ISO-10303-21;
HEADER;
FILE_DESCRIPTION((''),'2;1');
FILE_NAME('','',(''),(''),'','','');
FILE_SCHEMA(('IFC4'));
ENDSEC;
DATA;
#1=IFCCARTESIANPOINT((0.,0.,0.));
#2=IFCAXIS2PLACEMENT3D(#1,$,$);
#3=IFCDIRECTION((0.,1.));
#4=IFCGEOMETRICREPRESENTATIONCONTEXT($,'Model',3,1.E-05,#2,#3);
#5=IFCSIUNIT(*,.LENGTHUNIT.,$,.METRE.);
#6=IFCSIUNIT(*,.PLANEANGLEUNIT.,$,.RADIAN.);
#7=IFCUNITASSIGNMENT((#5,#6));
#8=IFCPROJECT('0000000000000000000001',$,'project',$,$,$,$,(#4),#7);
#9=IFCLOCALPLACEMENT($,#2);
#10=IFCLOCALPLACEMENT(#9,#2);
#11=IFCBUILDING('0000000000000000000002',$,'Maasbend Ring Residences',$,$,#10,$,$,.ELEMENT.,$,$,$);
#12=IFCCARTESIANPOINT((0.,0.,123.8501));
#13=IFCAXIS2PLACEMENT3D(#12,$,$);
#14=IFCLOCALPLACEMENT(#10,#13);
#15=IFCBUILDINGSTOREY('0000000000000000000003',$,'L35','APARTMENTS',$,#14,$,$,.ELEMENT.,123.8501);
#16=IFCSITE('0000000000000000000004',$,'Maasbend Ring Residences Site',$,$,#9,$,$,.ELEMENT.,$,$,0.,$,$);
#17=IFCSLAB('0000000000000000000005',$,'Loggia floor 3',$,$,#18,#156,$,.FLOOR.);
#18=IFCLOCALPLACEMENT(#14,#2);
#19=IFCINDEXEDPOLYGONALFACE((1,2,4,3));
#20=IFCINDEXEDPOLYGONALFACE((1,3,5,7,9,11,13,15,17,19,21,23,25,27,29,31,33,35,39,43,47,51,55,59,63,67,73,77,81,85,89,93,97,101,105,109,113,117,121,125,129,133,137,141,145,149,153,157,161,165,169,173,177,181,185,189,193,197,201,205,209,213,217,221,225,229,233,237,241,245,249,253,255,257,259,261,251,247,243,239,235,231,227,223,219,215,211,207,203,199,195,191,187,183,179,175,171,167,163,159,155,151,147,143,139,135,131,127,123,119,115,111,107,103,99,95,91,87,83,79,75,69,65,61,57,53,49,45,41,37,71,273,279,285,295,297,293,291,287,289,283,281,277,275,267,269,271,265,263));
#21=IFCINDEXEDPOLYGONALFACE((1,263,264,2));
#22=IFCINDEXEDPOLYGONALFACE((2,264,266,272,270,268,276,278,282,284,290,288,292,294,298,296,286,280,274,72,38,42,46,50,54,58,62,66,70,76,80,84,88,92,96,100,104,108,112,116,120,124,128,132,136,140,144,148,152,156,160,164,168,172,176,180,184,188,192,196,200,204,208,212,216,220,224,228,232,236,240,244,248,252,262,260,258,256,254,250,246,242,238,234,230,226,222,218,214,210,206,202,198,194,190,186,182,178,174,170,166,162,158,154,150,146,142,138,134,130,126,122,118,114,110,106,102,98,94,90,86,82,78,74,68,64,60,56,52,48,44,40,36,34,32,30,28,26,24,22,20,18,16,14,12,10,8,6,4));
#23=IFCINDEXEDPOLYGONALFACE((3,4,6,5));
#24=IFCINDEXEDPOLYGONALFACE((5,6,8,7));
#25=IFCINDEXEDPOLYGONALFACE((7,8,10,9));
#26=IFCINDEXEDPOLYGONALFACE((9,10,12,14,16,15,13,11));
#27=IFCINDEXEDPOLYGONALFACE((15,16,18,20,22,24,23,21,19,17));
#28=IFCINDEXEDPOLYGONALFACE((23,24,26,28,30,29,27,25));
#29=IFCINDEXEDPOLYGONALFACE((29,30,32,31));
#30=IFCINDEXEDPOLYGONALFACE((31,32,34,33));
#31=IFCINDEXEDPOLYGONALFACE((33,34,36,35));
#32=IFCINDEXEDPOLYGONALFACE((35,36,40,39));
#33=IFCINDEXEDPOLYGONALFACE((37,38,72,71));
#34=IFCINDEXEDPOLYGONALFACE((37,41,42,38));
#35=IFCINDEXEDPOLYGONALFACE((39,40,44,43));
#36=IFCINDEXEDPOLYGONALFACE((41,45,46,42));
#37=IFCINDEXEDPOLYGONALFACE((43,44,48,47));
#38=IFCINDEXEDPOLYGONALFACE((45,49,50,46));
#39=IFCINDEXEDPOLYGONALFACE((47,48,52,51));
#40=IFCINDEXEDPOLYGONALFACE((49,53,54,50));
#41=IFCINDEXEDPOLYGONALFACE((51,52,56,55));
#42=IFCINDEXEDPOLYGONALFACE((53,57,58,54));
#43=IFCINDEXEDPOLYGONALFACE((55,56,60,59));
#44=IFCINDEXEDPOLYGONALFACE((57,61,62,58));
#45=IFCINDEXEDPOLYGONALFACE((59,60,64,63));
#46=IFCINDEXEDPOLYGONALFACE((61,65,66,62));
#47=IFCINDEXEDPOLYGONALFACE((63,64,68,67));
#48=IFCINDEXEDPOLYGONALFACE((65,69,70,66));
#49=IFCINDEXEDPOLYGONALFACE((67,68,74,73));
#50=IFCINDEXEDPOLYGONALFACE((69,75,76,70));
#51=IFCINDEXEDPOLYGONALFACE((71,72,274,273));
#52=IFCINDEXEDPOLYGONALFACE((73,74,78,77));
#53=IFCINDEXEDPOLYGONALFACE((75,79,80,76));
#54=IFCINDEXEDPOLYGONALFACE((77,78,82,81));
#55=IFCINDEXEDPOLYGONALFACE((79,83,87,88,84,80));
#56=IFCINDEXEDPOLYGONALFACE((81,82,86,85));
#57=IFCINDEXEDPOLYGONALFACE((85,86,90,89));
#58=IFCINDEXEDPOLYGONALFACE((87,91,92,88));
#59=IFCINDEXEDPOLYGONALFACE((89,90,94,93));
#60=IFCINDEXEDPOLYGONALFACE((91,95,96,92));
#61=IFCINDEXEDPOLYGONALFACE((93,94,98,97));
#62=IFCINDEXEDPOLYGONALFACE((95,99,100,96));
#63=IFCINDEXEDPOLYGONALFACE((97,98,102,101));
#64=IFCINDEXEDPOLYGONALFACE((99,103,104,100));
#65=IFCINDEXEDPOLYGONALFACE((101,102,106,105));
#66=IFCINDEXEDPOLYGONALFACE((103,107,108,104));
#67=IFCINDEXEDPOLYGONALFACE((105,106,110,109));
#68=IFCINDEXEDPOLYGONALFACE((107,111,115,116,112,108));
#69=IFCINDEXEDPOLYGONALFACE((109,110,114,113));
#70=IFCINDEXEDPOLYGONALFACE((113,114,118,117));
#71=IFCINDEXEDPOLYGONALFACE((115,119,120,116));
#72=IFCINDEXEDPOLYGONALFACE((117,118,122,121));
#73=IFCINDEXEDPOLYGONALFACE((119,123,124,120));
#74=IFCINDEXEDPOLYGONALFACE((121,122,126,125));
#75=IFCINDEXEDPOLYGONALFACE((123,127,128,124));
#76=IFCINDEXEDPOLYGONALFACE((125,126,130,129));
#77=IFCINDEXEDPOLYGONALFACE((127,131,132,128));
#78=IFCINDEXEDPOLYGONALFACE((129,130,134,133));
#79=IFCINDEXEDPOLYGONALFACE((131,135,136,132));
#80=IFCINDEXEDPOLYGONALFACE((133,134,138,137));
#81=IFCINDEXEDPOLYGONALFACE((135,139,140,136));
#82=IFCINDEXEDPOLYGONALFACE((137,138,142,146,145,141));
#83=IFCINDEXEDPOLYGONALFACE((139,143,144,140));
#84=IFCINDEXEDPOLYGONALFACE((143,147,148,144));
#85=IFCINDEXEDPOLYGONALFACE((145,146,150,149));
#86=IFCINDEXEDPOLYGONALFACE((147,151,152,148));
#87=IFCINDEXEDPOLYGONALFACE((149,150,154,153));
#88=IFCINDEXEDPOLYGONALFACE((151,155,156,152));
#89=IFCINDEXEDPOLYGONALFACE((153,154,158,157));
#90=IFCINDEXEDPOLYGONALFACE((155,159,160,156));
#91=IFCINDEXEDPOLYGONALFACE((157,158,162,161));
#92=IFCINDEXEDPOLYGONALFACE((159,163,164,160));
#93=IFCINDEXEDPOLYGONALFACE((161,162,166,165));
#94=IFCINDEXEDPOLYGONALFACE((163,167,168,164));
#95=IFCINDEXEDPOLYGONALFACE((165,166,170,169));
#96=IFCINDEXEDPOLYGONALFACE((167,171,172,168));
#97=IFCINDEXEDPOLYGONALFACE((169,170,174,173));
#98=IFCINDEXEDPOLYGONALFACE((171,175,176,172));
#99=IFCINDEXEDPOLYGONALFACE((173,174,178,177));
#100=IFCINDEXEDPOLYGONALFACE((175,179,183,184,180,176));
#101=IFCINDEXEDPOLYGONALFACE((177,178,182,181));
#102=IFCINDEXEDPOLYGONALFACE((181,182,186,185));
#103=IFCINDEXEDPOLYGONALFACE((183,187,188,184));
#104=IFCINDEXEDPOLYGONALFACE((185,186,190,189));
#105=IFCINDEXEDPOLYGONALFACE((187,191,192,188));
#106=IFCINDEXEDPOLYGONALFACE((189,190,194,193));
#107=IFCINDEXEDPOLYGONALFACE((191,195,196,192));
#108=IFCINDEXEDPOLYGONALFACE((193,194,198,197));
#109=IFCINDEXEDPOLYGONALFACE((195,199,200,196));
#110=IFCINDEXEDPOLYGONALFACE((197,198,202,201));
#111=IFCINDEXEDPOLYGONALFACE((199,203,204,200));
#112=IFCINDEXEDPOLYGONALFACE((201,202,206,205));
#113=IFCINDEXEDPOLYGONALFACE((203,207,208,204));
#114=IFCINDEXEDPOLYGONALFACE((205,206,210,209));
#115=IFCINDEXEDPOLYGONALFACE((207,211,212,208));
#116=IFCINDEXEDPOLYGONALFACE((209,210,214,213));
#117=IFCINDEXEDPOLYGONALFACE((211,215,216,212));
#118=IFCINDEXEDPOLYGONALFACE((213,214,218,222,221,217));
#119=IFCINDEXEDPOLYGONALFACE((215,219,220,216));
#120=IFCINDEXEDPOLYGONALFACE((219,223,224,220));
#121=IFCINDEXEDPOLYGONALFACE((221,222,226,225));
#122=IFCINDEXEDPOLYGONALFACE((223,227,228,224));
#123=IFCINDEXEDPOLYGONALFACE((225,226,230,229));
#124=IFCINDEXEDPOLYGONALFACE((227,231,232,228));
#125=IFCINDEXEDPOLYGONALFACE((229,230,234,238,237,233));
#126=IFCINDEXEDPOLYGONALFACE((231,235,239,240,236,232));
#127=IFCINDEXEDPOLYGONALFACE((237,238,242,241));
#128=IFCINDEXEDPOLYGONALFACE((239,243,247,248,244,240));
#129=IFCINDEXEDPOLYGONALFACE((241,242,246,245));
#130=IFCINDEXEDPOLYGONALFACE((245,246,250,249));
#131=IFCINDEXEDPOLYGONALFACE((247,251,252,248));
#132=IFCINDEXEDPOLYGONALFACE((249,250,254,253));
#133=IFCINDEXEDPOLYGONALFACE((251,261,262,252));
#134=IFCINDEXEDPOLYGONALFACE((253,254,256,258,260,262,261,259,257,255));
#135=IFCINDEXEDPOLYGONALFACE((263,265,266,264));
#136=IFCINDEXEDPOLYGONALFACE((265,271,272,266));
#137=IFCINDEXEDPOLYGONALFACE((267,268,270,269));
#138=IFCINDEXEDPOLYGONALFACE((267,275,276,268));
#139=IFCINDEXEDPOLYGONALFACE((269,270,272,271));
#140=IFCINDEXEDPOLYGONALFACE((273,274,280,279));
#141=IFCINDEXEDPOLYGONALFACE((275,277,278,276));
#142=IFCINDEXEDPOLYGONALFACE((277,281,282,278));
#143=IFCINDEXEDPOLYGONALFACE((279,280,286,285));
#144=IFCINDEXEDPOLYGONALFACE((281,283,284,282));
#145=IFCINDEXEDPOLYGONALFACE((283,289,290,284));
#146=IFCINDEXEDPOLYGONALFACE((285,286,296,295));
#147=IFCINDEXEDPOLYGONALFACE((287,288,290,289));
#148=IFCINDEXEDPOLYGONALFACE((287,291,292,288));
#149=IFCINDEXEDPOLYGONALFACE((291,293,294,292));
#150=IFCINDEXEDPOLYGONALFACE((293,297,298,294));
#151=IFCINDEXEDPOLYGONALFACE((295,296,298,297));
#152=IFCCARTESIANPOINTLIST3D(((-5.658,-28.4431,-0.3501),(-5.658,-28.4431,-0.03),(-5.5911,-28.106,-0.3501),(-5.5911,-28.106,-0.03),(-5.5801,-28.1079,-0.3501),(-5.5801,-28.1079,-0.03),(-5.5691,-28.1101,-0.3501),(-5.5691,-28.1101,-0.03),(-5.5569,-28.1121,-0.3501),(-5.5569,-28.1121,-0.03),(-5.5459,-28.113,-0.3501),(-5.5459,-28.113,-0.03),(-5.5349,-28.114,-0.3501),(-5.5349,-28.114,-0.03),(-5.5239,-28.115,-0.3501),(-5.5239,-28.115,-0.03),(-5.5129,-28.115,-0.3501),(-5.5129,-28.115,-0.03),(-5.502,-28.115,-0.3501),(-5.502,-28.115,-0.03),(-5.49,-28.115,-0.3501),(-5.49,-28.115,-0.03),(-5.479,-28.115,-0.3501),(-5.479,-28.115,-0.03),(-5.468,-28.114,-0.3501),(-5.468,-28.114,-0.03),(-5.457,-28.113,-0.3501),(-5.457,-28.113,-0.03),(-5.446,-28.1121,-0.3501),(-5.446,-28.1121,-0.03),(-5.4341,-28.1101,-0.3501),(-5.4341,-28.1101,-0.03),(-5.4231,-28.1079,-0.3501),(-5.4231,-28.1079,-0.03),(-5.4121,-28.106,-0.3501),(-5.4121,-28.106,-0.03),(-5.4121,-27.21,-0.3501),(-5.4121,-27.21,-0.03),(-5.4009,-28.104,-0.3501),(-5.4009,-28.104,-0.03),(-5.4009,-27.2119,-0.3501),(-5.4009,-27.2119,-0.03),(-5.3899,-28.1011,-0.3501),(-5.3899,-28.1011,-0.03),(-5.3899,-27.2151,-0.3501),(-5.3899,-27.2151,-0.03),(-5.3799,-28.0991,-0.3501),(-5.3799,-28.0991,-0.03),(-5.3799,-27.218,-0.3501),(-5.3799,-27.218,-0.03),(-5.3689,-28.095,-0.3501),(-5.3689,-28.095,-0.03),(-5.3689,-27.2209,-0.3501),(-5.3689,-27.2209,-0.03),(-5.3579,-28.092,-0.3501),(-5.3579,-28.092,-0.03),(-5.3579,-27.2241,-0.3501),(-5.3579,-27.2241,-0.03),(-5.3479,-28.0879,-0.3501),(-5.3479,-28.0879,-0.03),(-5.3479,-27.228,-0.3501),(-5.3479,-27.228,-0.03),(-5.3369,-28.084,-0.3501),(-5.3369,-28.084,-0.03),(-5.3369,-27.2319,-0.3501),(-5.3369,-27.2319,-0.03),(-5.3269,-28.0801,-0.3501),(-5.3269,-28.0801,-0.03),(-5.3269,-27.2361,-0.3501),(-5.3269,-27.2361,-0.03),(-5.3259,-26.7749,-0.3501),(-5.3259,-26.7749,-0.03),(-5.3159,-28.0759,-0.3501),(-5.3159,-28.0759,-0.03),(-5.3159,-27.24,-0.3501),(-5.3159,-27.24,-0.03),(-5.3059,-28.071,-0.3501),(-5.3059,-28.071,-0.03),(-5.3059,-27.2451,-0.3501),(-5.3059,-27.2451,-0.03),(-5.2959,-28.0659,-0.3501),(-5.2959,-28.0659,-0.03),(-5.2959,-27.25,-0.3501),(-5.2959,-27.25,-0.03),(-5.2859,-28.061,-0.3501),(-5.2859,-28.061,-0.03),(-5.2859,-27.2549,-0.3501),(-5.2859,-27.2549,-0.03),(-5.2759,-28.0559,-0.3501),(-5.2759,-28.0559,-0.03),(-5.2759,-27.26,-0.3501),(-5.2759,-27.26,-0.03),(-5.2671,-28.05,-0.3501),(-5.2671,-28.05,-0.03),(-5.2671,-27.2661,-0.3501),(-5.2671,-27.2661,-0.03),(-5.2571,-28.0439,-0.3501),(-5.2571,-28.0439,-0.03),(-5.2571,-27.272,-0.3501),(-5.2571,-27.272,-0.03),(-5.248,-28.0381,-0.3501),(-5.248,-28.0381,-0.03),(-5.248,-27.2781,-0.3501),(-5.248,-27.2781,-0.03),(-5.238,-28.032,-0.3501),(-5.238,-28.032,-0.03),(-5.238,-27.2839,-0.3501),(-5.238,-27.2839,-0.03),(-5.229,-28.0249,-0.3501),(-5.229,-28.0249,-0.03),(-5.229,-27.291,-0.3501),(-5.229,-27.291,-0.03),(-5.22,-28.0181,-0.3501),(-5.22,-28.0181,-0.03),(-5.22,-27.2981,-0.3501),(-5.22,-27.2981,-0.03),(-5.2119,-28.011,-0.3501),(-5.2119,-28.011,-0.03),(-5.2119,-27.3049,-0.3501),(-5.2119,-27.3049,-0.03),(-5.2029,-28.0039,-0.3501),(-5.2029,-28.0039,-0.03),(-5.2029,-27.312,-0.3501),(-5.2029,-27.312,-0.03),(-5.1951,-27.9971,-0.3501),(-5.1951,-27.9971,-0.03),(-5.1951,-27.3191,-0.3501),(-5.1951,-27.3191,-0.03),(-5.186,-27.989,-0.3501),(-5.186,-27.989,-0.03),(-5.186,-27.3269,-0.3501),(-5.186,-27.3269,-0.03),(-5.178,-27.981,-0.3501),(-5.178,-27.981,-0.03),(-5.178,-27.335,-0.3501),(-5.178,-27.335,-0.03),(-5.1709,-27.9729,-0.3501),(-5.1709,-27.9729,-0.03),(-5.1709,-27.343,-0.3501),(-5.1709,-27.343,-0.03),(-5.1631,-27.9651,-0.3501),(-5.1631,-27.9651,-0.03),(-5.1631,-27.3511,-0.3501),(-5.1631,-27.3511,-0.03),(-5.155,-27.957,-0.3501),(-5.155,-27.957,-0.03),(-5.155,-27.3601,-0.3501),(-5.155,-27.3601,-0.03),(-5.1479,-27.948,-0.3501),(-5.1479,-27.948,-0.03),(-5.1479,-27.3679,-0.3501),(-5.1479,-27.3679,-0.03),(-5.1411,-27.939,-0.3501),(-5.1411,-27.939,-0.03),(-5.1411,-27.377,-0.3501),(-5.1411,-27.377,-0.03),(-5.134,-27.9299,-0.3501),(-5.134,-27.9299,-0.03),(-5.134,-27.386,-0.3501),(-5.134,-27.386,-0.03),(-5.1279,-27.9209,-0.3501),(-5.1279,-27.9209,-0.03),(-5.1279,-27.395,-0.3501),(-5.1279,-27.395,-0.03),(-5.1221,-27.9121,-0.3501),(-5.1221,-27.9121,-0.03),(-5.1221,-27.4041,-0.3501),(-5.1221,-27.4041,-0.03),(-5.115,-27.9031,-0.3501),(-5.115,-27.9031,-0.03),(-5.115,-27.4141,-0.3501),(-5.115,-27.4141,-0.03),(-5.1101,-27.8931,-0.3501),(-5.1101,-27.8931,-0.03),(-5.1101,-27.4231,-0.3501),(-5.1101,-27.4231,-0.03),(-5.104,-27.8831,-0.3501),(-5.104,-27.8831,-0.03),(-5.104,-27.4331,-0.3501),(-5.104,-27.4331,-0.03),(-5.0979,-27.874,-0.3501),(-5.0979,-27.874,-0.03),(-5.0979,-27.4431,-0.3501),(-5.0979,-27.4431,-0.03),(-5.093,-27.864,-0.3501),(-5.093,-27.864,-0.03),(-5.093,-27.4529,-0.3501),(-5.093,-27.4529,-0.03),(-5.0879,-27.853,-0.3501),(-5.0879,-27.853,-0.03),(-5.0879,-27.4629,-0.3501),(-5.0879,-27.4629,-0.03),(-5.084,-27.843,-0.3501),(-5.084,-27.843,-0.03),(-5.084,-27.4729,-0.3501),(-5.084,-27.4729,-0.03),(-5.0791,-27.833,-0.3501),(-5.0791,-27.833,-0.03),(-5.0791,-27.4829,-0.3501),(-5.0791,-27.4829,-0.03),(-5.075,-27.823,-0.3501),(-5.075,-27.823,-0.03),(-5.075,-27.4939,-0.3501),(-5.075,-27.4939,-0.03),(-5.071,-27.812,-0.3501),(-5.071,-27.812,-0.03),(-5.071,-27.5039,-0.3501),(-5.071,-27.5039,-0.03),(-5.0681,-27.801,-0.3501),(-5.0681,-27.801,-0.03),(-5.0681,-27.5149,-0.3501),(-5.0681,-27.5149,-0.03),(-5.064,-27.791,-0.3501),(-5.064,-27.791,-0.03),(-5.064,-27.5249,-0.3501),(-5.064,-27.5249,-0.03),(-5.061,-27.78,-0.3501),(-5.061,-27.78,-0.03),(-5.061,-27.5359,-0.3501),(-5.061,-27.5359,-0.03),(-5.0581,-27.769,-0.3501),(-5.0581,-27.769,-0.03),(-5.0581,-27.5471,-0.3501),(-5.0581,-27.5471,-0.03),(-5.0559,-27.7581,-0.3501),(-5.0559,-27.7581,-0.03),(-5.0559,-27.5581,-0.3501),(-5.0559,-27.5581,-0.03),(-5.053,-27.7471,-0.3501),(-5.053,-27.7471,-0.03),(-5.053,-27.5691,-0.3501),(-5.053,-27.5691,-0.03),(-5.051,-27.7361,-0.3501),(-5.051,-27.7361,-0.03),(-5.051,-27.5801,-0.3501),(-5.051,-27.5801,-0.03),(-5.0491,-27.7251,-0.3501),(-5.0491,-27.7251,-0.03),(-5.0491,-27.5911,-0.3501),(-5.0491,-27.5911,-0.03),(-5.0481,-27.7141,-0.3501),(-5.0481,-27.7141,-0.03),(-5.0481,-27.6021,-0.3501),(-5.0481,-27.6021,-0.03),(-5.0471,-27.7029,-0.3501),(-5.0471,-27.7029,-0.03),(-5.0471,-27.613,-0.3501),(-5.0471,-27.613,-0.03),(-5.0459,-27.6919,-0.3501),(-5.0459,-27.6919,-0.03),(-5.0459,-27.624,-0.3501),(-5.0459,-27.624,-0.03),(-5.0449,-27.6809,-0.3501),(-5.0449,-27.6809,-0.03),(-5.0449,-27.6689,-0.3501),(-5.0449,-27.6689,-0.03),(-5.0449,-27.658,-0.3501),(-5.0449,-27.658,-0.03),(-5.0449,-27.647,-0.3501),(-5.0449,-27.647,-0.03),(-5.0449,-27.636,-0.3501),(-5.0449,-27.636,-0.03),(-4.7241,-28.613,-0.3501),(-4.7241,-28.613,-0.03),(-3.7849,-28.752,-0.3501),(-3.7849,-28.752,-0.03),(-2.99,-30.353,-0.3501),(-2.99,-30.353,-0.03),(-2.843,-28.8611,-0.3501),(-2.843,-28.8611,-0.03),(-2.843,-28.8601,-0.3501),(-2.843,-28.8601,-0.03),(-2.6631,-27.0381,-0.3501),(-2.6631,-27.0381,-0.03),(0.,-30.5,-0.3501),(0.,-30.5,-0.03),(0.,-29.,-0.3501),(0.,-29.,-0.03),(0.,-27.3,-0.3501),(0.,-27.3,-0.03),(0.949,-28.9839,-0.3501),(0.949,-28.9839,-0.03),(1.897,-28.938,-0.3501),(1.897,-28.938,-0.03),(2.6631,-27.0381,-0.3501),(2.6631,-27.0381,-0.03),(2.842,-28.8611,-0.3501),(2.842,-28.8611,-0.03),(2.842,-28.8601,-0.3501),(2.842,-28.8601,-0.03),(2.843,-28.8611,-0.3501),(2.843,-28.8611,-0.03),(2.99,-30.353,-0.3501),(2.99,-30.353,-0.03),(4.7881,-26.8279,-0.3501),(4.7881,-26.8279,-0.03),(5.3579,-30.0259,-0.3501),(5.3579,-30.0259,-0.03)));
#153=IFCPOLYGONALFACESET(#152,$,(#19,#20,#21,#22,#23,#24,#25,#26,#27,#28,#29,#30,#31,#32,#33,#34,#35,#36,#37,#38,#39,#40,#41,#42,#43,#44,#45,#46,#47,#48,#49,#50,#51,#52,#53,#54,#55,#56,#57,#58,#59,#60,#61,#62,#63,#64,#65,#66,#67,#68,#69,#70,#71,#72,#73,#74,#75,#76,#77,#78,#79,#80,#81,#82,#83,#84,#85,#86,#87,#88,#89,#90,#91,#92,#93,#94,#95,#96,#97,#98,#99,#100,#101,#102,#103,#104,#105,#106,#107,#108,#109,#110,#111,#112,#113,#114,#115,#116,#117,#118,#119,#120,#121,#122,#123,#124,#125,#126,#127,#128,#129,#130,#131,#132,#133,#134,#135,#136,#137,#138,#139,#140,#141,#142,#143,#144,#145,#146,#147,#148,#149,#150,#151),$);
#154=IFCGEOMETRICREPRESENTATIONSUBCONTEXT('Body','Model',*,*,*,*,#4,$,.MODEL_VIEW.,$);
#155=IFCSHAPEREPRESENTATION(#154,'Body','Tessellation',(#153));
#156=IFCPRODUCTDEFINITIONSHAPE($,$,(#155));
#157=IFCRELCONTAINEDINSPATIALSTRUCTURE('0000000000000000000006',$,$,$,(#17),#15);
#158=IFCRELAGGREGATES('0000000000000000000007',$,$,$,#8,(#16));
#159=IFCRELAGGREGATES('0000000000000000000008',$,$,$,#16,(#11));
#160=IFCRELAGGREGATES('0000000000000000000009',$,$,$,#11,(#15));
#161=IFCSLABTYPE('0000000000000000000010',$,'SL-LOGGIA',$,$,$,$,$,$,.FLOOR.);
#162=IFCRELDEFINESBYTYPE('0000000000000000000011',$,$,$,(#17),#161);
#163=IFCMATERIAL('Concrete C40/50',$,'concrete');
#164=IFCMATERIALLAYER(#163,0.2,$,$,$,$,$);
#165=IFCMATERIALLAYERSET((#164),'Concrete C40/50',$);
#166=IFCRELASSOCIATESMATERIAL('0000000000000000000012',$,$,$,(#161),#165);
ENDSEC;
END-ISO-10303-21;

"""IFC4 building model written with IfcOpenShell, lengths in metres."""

from ifc_helpers import new_model, si_unit, direction, frame, origin, place, context, subcontext, project, spatial, polyline, outline, extrude, material, layer, layer_set, type_object, element, save


model = new_model("IFC4")

# Units and contexts
model_context = context("Model", 3, precision=1e-05, world=origin(), true_north=direction((0.0, 1.0)))
body_context = subcontext(model_context, "Body", "Model", "MODEL_VIEW")
ifc_project = project(units=[si_unit("LENGTHUNIT", "METRE"), si_unit("PLANEANGLEUNIT", "RADIAN")], contexts=[model_context])

# Site, building, storey
site_placement = place(None, origin())
site = spatial("IfcSite", under=ifc_project, at=site_placement, Name="Maasbend Ring Residences Site", CompositionType="ELEMENT", RefElevation=0.0)
building_placement = place(site_placement, origin())
building = spatial("IfcBuilding", under=site, at=building_placement, Name="Maasbend Ring Residences", CompositionType="ELEMENT")
storey_placement = place(building_placement, frame((0.0, 0.0, 123.8501)))
storey = spatial("IfcBuildingStorey", under=building, at=storey_placement, Name="L35", Description="APARTMENTS", CompositionType="ELEMENT", Elevation=123.8501)

# Slab
ifc_material_1 = material(Name="Concrete C40/50", Category="concrete")
ifc_layer_1 = layer(ifc_material_1, 0.2)
ifc_layer_set_1 = layer_set([ifc_layer_1], Name="Concrete C40/50")
slab_type = type_object("IfcSlabType", Name="SL-LOGGIA", PredefinedType="FLOOR", material=ifc_layer_set_1)
slab_1_placement = place(storey_placement, frame((0.0, 0.0, -0.3501)))
element("IfcSlab", 1, at=slab_1_placement, inside=storey, type_object=slab_type, Name="Loggia floor 3", PredefinedType="FLOOR", context=body_context, shape_type="SweptSolid", body=[
    extrude(outline(polyline([(-2.6631, -27.0381), (0.0, -27.3), (0.0, -27.3), (0.0, -27.3), (2.6631, -27.0381), (4.7881, -26.8279), (4.7881, -26.8279), (4.7881, -26.8279), (5.3579, -30.0259), (5.3579, -30.0259), (5.3579, -30.0259), (2.99, -30.353), (2.99, -30.353), (2.99, -30.353), (2.843, -28.8611), (2.843, -28.8611), (2.843, -28.8611), (2.843, -28.8611), (2.842, -28.8611), (2.842, -28.8611), (2.842, -28.8611), (2.842, -28.8611), (2.842, -28.8611), (2.842, -28.8601), (2.842, -28.8601), (2.842, -28.8601), (2.842, -28.8601), (2.842, -28.8601), (2.842, -28.8601), (2.842, -28.8601), (2.842, -28.8601), (1.897, -28.938), (1.897, -28.938), (0.949, -28.9839), (0.949, -28.9839), (0.0, -29.0), (0.0, -29.0), (0.0, -29.0), (0.0, -29.0), (0.0, -29.0), (0.0, -29.0), (0.0, -29.0), (0.0, -29.0), (0.0, -29.0), (0.0, -29.0), (0.0, -29.0), (0.0, -29.0), (0.0, -29.0), (0.0, -29.0), (0.0, -29.0), (0.0, -29.0), (0.0, -29.0), (0.0, -30.5), (0.0, -30.5), (0.0, -30.5), (-2.99, -30.353), (-2.99, -30.353), (-2.99, -30.353), (-2.843, -28.8611), (-2.843, -28.8611), (-2.843, -28.8611), (-2.843, -28.8611), (-2.843, -28.8611), (-2.843, -28.8611), (-2.843, -28.8611), (-2.843, -28.8611), (-2.843, -28.8601), (-2.843, -28.8601), (-2.843, -28.8601), (-2.843, -28.8601), (-2.843, -28.8601), (-2.843, -28.8601), (-2.843, -28.8601), (-2.843, -28.8601), (-2.843, -28.8601), (-3.7849, -28.752), (-3.7849, -28.752), (-4.7241, -28.613), (-4.7241, -28.613), (-5.658, -28.4431), (-5.658, -28.4431), (-5.658, -28.4431), (-5.5911, -28.106), (-5.5911, -28.106), (-5.5801, -28.1079), (-5.5691, -28.1101), (-5.5569, -28.1121), (-5.5459, -28.113), (-5.5349, -28.114), (-5.5239, -28.115), (-5.5129, -28.115), (-5.502, -28.115), (-5.49, -28.115), (-5.479, -28.115), (-5.468, -28.114), (-5.457, -28.113), (-5.446, -28.1121), (-5.4341, -28.1101), (-5.4231, -28.1079), (-5.4121, -28.106), (-5.4009, -28.104), (-5.3899, -28.1011), (-5.3799, -28.0991), (-5.3689, -28.095), (-5.3579, -28.092), (-5.3479, -28.0879), (-5.3369, -28.084), (-5.3269, -28.0801), (-5.3159, -28.0759), (-5.3059, -28.071), (-5.2959, -28.0659), (-5.2859, -28.061), (-5.2759, -28.0559), (-5.2671, -28.05), (-5.2571, -28.0439), (-5.248, -28.0381), (-5.238, -28.032), (-5.229, -28.0249), (-5.22, -28.0181), (-5.2119, -28.011), (-5.2029, -28.0039), (-5.1951, -27.9971), (-5.186, -27.989), (-5.178, -27.981), (-5.1709, -27.9729), (-5.1631, -27.9651), (-5.155, -27.957), (-5.1479, -27.948), (-5.1411, -27.939), (-5.134, -27.9299), (-5.1279, -27.9209), (-5.1221, -27.9121), (-5.115, -27.9031), (-5.1101, -27.8931), (-5.104, -27.8831), (-5.0979, -27.874), (-5.093, -27.864), (-5.0879, -27.853), (-5.084, -27.843), (-5.0791, -27.833), (-5.075, -27.823), (-5.071, -27.812), (-5.0681, -27.801), (-5.064, -27.791), (-5.061, -27.78), (-5.0581, -27.769), (-5.0559, -27.7581), (-5.053, -27.7471), (-5.051, -27.7361), (-5.0491, -27.7251), (-5.0481, -27.7141), (-5.0471, -27.7029), (-5.0459, -27.6919), (-5.0449, -27.6809), (-5.0449, -27.6689), (-5.0449, -27.658), (-5.0449, -27.647), (-5.0449, -27.636), (-5.0459, -27.624), (-5.0471, -27.613), (-5.0481, -27.6021), (-5.0491, -27.5911), (-5.051, -27.5801), (-5.053, -27.5691), (-5.0559, -27.5581), (-5.0581, -27.5471), (-5.061, -27.5359), (-5.064, -27.5249), (-5.0681, -27.5149), (-5.071, -27.5039), (-5.075, -27.4939), (-5.0791, -27.4829), (-5.084, -27.4729), (-5.0879, -27.4629), (-5.093, -27.4529), (-5.0979, -27.4431), (-5.104, -27.4331), (-5.1101, -27.4231), (-5.115, -27.4141), (-5.1221, -27.4041), (-5.1279, -27.395), (-5.134, -27.386), (-5.1411, -27.377), (-5.1479, -27.3679), (-5.155, -27.3601), (-5.1631, -27.3511), (-5.1709, -27.343), (-5.178, -27.335), (-5.186, -27.3269), (-5.1951, -27.3191), (-5.2029, -27.312), (-5.2119, -27.3049), (-5.22, -27.2981), (-5.229, -27.291), (-5.238, -27.2839), (-5.248, -27.2781), (-5.2571, -27.272), (-5.2671, -27.2661), (-5.2759, -27.26), (-5.2859, -27.2549), (-5.2959, -27.25), (-5.3059, -27.2451), (-5.3159, -27.24), (-5.3269, -27.2361), (-5.3369, -27.2319), (-5.3479, -27.228), (-5.3579, -27.2241), (-5.3689, -27.2209), (-5.3799, -27.218), (-5.3899, -27.2151), (-5.4009, -27.2119), (-5.4121, -27.21), (-5.4121, -27.21), (-5.3259, -26.7749), (-5.3259, -26.7749), (-5.3259, -26.7749), (-2.6631, -27.0381)])), origin(), (0.0, 0.0, 1.0), 0.3201),
])

save(model, "model.ifc")
